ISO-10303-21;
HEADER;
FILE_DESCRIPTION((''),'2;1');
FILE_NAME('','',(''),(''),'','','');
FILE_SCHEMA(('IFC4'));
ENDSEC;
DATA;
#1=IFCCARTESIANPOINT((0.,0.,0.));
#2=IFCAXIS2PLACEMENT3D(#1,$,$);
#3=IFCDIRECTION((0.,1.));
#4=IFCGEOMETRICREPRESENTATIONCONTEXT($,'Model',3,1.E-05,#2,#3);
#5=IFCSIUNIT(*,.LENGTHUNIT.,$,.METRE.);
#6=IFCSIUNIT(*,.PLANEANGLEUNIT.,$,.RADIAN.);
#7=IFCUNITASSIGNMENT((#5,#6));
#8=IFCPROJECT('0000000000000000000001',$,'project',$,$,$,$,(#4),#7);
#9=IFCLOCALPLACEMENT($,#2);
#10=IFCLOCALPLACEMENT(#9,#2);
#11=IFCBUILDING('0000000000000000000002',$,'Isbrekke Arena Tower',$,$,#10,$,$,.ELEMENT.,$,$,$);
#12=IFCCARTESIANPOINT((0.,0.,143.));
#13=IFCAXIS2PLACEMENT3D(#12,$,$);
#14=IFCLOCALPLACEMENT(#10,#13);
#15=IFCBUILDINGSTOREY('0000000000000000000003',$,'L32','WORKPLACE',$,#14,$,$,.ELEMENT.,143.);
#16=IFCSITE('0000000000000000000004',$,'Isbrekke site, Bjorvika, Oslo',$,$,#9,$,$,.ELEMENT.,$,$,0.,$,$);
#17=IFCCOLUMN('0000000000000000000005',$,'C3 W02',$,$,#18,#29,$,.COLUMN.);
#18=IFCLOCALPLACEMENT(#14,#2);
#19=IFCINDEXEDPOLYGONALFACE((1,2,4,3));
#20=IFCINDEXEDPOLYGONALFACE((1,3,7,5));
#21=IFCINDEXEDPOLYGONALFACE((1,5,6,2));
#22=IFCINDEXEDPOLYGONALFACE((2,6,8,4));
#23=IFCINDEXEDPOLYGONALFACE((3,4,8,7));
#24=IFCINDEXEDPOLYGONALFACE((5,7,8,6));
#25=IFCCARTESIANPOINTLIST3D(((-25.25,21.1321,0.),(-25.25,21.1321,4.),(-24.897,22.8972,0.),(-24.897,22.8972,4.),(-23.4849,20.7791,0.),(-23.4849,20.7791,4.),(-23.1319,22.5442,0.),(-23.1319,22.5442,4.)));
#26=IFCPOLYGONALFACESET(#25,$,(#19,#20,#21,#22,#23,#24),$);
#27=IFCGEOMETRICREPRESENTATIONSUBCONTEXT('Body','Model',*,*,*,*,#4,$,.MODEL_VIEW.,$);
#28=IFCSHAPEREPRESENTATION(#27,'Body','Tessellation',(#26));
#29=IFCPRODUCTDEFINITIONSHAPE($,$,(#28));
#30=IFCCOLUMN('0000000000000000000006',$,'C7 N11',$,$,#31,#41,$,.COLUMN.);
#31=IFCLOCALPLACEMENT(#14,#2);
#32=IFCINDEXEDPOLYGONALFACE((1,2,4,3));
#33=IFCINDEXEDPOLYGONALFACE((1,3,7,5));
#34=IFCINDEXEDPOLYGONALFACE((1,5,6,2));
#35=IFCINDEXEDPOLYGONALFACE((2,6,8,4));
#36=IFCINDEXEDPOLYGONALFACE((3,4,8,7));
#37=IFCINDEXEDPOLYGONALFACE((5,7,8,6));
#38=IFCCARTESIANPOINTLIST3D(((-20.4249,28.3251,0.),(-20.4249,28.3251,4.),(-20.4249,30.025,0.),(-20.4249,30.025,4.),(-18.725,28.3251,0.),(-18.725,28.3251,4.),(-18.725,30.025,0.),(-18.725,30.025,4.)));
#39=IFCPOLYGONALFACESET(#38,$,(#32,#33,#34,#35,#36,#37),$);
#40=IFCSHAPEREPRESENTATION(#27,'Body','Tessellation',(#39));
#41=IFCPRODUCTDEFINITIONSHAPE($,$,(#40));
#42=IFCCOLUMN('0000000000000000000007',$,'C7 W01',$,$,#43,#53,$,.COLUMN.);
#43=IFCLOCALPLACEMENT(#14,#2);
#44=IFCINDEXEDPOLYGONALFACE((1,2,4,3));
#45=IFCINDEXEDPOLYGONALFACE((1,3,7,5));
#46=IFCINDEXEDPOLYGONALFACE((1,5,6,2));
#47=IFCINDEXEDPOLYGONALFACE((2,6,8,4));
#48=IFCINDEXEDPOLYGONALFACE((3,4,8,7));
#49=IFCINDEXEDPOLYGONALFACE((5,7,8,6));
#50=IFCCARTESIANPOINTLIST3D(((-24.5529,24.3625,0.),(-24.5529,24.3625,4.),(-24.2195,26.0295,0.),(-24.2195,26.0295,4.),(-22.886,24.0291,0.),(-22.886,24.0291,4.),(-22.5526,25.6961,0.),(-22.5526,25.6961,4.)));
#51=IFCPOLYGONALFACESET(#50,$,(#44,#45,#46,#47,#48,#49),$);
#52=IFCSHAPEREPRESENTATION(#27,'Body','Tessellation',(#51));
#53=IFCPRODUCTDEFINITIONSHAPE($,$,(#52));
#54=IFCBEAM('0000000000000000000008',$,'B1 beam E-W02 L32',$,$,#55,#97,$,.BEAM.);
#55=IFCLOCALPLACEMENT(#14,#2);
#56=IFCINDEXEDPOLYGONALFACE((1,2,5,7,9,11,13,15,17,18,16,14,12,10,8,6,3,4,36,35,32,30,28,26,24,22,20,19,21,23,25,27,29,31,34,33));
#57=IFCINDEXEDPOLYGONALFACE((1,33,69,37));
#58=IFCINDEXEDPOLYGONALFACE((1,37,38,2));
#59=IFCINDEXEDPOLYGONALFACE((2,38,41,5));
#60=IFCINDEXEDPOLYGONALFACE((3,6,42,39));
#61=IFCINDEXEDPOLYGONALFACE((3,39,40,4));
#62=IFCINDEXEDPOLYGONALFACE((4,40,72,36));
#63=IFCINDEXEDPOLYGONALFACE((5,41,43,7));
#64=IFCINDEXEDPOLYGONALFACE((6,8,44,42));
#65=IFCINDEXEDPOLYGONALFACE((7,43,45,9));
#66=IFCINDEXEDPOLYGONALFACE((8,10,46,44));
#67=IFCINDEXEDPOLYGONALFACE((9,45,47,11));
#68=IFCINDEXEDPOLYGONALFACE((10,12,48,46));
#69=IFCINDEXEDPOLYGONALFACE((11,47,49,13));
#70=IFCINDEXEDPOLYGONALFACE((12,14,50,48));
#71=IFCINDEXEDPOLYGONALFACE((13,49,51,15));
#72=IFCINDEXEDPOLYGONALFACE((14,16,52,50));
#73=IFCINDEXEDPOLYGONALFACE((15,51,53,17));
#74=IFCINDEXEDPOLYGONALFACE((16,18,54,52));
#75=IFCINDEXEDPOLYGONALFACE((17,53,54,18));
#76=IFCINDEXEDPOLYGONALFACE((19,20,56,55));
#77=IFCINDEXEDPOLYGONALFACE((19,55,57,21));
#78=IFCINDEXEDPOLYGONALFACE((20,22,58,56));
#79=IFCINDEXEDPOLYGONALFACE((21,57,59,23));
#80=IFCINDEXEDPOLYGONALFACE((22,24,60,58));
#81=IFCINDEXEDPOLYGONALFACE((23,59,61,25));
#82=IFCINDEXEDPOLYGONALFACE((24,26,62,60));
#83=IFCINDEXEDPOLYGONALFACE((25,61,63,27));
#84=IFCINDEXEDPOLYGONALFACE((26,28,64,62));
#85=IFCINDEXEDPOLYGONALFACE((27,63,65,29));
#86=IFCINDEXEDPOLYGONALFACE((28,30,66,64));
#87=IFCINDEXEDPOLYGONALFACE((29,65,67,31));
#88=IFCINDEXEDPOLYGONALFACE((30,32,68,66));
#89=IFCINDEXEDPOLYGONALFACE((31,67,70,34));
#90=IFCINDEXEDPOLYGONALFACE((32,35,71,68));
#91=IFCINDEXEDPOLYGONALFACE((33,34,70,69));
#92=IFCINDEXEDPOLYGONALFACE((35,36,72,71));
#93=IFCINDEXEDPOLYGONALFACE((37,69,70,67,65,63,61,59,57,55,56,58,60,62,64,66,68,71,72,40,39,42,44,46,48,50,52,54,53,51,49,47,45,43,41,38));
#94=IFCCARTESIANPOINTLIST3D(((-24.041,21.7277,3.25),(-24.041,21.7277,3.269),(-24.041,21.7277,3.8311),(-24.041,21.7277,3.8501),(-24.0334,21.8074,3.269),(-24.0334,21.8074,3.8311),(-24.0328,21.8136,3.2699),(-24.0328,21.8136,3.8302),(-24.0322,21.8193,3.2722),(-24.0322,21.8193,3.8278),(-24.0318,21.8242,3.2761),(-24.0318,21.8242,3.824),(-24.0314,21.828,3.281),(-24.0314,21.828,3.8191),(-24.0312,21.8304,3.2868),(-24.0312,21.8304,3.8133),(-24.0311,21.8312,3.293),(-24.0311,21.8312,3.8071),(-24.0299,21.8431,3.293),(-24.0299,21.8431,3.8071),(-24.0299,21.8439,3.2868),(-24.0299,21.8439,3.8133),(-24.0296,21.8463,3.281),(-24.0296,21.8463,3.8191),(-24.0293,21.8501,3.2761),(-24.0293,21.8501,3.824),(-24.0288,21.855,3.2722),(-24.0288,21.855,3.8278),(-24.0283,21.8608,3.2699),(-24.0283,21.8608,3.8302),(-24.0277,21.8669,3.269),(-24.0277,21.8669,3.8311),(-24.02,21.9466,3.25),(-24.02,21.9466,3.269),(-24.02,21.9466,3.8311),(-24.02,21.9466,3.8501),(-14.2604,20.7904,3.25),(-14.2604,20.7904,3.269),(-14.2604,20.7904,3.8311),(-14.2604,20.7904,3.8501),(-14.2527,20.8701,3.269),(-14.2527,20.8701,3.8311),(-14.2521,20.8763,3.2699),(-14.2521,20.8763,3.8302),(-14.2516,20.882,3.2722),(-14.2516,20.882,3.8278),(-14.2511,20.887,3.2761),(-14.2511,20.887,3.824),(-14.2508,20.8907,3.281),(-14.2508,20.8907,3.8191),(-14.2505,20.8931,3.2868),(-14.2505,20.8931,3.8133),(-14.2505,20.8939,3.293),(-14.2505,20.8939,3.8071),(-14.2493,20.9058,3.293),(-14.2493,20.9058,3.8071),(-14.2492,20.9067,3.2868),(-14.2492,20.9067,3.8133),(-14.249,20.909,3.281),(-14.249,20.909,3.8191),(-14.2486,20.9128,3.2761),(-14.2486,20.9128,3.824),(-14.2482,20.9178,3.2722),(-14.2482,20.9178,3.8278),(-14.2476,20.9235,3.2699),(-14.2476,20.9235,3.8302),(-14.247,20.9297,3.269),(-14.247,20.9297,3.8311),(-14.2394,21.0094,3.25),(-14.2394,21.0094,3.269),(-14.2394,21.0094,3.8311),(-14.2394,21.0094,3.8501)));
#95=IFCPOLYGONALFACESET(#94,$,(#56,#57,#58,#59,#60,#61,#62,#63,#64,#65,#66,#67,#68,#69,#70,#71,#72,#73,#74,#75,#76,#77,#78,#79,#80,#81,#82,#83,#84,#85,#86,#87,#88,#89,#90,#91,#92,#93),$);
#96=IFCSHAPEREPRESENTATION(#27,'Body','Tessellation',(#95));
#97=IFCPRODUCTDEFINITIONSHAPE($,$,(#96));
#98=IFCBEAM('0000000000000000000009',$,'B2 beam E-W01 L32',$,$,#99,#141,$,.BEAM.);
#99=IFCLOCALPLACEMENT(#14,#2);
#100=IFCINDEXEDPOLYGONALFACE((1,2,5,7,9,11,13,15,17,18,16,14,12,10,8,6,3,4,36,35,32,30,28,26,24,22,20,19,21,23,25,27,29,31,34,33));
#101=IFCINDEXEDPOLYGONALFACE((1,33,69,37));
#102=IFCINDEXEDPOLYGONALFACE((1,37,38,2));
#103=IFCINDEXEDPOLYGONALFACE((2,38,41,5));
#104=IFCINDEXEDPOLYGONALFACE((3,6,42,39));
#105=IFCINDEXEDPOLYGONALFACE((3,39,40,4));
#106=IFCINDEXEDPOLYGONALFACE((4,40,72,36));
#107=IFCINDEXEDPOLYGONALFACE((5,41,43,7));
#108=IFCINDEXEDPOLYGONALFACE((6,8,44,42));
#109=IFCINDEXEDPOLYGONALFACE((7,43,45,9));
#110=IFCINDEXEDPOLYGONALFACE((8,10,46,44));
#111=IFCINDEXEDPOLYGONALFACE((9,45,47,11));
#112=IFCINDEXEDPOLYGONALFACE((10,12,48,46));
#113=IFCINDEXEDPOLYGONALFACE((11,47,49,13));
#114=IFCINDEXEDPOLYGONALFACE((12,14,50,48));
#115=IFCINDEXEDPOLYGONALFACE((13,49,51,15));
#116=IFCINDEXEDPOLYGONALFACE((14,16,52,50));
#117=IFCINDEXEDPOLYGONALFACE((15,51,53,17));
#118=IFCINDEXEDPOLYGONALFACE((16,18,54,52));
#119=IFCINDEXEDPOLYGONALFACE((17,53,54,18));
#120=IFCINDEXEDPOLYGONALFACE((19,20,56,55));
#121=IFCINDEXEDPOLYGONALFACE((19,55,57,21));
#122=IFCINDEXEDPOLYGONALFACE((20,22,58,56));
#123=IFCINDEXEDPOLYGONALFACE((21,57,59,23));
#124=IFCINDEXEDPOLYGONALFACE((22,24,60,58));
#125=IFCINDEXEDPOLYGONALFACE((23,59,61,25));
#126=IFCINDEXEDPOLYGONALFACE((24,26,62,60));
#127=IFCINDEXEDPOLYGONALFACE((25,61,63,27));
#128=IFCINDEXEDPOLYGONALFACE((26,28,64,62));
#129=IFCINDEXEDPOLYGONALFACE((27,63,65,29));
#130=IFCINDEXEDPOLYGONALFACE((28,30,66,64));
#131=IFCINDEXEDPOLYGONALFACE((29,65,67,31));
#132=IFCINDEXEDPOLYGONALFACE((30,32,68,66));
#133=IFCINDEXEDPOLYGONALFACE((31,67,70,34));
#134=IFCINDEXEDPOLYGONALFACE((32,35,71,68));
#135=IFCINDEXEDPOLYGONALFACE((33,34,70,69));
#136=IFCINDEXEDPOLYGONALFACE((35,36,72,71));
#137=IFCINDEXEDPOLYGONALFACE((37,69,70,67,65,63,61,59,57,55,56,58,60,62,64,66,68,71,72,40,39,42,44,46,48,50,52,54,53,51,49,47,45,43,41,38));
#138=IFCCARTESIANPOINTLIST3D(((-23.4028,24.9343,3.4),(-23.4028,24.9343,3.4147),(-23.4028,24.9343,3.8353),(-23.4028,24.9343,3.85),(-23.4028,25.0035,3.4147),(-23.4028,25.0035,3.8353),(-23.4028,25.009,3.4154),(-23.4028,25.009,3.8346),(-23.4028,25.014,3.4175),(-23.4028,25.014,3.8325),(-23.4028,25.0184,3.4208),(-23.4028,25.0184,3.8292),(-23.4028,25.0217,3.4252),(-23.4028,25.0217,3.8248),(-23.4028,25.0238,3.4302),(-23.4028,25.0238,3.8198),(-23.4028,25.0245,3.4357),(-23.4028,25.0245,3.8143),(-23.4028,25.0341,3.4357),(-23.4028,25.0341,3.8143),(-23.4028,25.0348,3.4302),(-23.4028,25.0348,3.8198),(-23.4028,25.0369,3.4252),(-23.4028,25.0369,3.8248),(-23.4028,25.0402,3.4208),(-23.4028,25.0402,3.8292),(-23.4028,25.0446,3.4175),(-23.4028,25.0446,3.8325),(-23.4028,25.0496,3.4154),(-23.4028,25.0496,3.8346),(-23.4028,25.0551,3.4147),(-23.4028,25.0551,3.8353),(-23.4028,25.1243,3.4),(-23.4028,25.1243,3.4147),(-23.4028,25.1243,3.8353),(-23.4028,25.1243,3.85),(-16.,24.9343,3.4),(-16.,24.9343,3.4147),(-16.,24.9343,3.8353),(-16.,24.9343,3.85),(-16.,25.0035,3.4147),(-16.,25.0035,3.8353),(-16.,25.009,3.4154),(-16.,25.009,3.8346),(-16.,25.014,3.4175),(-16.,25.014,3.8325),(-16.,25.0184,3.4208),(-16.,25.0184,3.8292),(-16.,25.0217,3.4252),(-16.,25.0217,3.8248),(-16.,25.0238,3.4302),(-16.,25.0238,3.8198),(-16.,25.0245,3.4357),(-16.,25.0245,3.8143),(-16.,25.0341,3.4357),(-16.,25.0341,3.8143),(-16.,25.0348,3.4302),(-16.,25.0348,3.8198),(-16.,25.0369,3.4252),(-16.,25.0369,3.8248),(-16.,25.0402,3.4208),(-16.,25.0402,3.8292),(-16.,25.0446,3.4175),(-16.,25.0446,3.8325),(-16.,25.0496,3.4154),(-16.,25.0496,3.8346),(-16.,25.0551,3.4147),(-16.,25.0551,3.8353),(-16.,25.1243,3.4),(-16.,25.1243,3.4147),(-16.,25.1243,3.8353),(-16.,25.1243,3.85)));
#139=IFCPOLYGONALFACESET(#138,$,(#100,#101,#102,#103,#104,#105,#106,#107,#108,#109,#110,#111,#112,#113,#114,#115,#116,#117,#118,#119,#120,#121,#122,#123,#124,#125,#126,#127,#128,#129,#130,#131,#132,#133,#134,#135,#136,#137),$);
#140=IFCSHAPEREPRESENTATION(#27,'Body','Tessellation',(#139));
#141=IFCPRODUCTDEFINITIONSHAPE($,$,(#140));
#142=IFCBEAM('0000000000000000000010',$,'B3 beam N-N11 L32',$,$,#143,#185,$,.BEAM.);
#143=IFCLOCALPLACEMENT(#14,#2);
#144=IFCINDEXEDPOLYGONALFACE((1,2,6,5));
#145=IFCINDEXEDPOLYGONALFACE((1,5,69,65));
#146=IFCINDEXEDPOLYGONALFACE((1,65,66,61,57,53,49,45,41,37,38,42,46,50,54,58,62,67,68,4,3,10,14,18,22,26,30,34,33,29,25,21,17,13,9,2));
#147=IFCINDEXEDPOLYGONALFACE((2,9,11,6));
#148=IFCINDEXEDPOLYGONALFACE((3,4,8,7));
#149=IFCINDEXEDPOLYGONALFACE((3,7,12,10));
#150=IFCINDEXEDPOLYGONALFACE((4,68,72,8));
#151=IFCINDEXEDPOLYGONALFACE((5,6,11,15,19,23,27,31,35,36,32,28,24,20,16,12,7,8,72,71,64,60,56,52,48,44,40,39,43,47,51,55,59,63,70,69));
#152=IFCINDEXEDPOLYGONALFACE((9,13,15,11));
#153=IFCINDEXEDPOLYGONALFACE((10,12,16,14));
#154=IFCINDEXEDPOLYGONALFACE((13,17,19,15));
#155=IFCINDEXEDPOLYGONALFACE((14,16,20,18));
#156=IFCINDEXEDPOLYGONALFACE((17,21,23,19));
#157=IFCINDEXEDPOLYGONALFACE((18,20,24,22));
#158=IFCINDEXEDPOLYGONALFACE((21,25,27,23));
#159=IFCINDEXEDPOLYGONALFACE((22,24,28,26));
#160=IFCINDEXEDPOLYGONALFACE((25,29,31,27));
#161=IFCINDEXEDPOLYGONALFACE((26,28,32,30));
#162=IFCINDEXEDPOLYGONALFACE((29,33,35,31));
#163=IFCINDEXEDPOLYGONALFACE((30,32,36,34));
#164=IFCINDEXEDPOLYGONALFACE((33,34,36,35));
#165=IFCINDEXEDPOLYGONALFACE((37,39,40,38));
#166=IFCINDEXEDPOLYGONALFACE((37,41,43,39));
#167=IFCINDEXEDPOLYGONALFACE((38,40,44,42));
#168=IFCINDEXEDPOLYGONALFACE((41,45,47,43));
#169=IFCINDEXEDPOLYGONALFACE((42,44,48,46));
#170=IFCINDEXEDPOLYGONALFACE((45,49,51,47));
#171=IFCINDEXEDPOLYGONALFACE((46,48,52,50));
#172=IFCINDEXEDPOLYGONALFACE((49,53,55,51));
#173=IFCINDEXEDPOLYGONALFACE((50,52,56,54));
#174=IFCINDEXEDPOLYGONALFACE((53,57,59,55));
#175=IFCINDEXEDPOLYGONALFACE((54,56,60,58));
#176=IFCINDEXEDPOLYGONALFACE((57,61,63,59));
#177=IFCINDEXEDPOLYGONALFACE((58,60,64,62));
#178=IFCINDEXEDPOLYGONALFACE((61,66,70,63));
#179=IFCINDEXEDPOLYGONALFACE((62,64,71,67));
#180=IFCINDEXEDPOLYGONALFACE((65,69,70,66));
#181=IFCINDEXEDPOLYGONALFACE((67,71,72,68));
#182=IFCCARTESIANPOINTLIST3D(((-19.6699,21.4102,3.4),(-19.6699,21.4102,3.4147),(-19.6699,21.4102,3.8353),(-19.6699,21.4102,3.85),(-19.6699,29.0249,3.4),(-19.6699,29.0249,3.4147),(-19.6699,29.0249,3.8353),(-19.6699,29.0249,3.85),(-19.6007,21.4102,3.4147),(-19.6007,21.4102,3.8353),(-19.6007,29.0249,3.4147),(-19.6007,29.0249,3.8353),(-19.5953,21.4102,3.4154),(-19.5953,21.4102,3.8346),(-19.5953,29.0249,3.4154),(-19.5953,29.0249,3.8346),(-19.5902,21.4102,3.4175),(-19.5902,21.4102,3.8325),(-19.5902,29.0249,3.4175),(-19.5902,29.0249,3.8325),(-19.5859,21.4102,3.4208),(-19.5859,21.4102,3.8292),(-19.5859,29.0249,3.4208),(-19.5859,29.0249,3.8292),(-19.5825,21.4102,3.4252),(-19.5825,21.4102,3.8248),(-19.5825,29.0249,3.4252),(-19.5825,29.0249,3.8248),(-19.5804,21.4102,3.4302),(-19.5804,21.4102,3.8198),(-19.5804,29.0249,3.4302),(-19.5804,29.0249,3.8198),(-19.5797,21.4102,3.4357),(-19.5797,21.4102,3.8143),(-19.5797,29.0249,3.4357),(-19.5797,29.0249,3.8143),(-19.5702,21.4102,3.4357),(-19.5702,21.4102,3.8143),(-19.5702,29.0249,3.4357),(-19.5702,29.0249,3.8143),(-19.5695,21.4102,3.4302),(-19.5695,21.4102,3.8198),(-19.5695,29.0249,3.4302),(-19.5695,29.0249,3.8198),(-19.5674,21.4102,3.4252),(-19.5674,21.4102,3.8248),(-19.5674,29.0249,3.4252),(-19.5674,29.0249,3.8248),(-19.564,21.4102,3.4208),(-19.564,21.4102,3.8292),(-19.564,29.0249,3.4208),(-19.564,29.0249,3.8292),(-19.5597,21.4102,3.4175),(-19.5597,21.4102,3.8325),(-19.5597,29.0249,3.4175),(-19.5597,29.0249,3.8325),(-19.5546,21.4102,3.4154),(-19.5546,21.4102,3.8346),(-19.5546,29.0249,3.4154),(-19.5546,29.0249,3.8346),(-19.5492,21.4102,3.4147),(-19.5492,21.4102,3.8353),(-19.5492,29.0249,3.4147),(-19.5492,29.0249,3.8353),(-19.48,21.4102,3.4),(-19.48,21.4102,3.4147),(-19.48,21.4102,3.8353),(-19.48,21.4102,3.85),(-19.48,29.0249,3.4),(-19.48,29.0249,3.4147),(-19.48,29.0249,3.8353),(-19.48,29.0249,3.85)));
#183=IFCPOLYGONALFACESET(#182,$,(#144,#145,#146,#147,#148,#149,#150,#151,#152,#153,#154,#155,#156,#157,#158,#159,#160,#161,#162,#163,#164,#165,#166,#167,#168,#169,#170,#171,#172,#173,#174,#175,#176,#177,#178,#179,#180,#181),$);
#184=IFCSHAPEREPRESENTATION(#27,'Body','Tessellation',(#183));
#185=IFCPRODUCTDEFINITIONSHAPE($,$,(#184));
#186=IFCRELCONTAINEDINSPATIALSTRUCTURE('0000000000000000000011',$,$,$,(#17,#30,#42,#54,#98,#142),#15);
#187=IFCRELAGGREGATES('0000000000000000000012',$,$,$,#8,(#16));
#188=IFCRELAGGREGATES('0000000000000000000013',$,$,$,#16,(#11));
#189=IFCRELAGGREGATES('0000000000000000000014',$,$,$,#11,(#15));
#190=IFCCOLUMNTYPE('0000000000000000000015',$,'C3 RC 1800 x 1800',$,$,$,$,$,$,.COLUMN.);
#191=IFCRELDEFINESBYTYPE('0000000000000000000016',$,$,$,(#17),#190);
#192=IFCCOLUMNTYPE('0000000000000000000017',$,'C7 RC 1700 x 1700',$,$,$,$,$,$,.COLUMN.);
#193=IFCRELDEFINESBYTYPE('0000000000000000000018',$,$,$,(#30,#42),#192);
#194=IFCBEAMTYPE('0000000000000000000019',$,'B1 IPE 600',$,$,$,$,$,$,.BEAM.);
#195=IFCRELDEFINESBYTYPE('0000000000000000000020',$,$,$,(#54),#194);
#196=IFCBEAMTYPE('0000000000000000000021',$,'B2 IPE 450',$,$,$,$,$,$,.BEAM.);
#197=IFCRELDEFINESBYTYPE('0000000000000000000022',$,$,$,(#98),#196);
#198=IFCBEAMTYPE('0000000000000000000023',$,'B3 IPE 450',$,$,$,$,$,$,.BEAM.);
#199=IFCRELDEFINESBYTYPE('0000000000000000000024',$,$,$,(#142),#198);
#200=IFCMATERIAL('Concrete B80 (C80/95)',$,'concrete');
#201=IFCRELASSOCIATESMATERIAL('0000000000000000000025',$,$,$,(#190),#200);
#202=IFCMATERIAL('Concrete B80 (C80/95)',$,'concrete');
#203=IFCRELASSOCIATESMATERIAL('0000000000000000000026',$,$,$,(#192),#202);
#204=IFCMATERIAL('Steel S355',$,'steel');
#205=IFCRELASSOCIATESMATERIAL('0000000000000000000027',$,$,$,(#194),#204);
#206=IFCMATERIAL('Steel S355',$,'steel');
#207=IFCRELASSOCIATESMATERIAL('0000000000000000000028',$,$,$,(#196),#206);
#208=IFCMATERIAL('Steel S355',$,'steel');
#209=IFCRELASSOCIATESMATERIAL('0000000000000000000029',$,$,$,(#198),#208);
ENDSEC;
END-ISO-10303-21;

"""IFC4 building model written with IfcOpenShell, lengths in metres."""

from ifc_helpers import new_model, si_unit, direction, frame, origin, origin_2d, place, context, subcontext, project, spatial, rectangle, i_section, extrude, material, material_profile, profile_set, type_object, element, save


model = new_model("IFC4")

# Units and contexts
model_context = context("Model", 3, precision=1e-05, world=origin(), true_north=direction((0.0, 1.0)))
body_context = subcontext(model_context, "Body", "Model", "MODEL_VIEW")
ifc_project = project(units=[si_unit("LENGTHUNIT", "METRE"), si_unit("PLANEANGLEUNIT", "RADIAN")], contexts=[model_context])

# Site, building, storey
site_placement = place(None, origin())
site = spatial("IfcSite", under=ifc_project, at=site_placement, Name="Isbrekke site, Bjorvika, Oslo", CompositionType="ELEMENT", RefElevation=0.0)
building_placement = place(site_placement, origin())
building = spatial("IfcBuilding", under=site, at=building_placement, Name="Isbrekke Arena Tower", CompositionType="ELEMENT")
storey_placement = place(building_placement, frame((0.0, 0.0, 143.0)))
storey = spatial("IfcBuildingStorey", under=building, at=storey_placement, Name="L32", Description="WORKPLACE", CompositionType="ELEMENT", Elevation=143.0)

# Columns
ifc_material_1 = material(Name="Concrete B80 (C80/95)", Category="concrete")
ifc_material_profile_1 = material_profile(ifc_material_1, rectangle(XDim=1.8, YDim=1.8, at=origin_2d()), Name="RC 1800x1800")
ifc_profile_set_1 = profile_set([ifc_material_profile_1], Name="Concrete B80 (C80/95)")
column_type_1 = type_object("IfcColumnType", Name="C3 RC 1800 x 1800", PredefinedType="COLUMN", material=ifc_profile_set_1)
column_placement = place(storey_placement, frame((-24.1909, 21.8381, 0.0), z_axis=(0.0, 0.0, 1.0), x_axis=(-0.196116, -0.980581, 0.0)))
element("IfcColumn", 1, at=column_placement, inside=storey, type_object=column_type_1, Name="C3 W02", PredefinedType="COLUMN", context=body_context, shape_type="SweptSolid", body=[
    extrude(rectangle(XDim=1.8, YDim=1.8, at=origin_2d()), origin(), (0.0, 0.0, 1.0), 4.0),
])
ifc_material_2 = material(Name="Concrete B80 (C80/95)", Category="concrete")
ifc_material_profile_2 = material_profile(ifc_material_2, rectangle(XDim=1.7, YDim=1.7, at=origin_2d()), Name="RC 1700x1700")
ifc_profile_set_2 = profile_set([ifc_material_profile_2], Name="Concrete B80 (C80/95)")
column_type_2 = type_object("IfcColumnType", Name="C7 RC 1700 x 1700", PredefinedType="COLUMN", material=ifc_profile_set_2)
for number, where, z_axis, x_axis, name in (
    (2, (-19.575, 29.175, 0.0), (0.0, 0.0, 1.0), (-1.0, 0.0, 0.0), "C7 N11"),
    (3, (-23.5527, 25.0293, 0.0), (0.0, 0.0, 1.0), (-0.196116, -0.980581, 0.0), "C7 W01"),
):
    element("IfcColumn", number, at=place(storey_placement, frame(where, z_axis=z_axis, x_axis=x_axis)), inside=storey, type_object=column_type_2, Name=name, PredefinedType="COLUMN", context=body_context, shape_type="SweptSolid", body=[
        extrude(rectangle(XDim=1.7, YDim=1.7, at=origin_2d()), origin(), (0.0, 0.0, 1.0), 4.0),
    ])

# Beams
ifc_material_3 = material(Name="Steel S355", Category="steel")
ifc_material_profile_3 = material_profile(ifc_material_3, i_section(OverallWidth=0.22, OverallDepth=0.6001, WebThickness=0.012, FlangeThickness=0.019, FilletRadius=0.0239, at=origin_2d()), Name="IPE 600")
ifc_profile_set_3 = profile_set([ifc_material_profile_3], Name="Steel S355")
beam_type_1 = type_object("IfcBeamType", Name="B1 IPE 600", PredefinedType="BEAM", material=ifc_profile_set_3)
beam_1_placement = place(storey_placement, frame((-24.0305, 21.8372, 3.55), z_axis=(0.99544, -0.095392, 0.0), x_axis=(0.095392, 0.99544, 0.0)))
element("IfcBeam", 4, at=beam_1_placement, inside=storey, type_object=beam_type_1, Name="B1 beam E-W02 L32", PredefinedType="BEAM", context=body_context, shape_type="SweptSolid", body=[
    extrude(i_section(OverallWidth=0.22, OverallDepth=0.6001, WebThickness=0.012, FlangeThickness=0.019, FilletRadius=0.0239, at=origin_2d()), origin(), (0.0, 0.0, 1.0), 9.8254),
])
ifc_material_4 = material(Name="Steel S355", Category="steel")
ifc_material_profile_4 = material_profile(ifc_material_4, i_section(OverallWidth=0.1899, OverallDepth=0.45, WebThickness=0.0095, FlangeThickness=0.0146, FilletRadius=0.021, at=origin_2d()), Name="IPE 450")
ifc_profile_set_4 = profile_set([ifc_material_profile_4], Name="Steel S355")
beam_type_2 = type_object("IfcBeamType", Name="B2 IPE 450", PredefinedType="BEAM", material=ifc_profile_set_4)
beam_2_placement = place(storey_placement, frame((-23.4028, 25.0293, 3.625), z_axis=(1.0, 0.0, 0.0), x_axis=(0.0, 1.0, 0.0)))
element("IfcBeam", 5, at=beam_2_placement, inside=storey, type_object=beam_type_2, Name="B2 beam E-W01 L32", PredefinedType="BEAM", context=body_context, shape_type="SweptSolid", body=[
    extrude(i_section(OverallWidth=0.1899, OverallDepth=0.45, WebThickness=0.0095, FlangeThickness=0.0146, FilletRadius=0.021, at=origin_2d()), origin(), (0.0, 0.0, 1.0), 7.4028),
])
ifc_material_5 = material(Name="Steel S355", Category="steel")
ifc_material_profile_5 = material_profile(ifc_material_5, i_section(OverallWidth=0.1899, OverallDepth=0.45, WebThickness=0.0095, FlangeThickness=0.0146, FilletRadius=0.021, at=origin_2d()), Name="IPE 450")
ifc_profile_set_5 = profile_set([ifc_material_profile_5], Name="Steel S355")
beam_type_3 = type_object("IfcBeamType", Name="B3 IPE 450", PredefinedType="BEAM", material=ifc_profile_set_5)
beam_3_placement = place(storey_placement, frame((-19.575, 29.0249, 3.625), z_axis=(0.0, -1.0, 0.0), x_axis=(1.0, 0.0, 0.0)))
element("IfcBeam", 6, at=beam_3_placement, inside=storey, type_object=beam_type_3, Name="B3 beam N-N11 L32", PredefinedType="BEAM", context=body_context, shape_type="SweptSolid", body=[
    extrude(i_section(OverallWidth=0.1899, OverallDepth=0.45, WebThickness=0.0095, FlangeThickness=0.0146, FilletRadius=0.021, at=origin_2d()), origin(), (0.0, 0.0, 1.0), 7.6147),
])

save(model, "model.ifc")
